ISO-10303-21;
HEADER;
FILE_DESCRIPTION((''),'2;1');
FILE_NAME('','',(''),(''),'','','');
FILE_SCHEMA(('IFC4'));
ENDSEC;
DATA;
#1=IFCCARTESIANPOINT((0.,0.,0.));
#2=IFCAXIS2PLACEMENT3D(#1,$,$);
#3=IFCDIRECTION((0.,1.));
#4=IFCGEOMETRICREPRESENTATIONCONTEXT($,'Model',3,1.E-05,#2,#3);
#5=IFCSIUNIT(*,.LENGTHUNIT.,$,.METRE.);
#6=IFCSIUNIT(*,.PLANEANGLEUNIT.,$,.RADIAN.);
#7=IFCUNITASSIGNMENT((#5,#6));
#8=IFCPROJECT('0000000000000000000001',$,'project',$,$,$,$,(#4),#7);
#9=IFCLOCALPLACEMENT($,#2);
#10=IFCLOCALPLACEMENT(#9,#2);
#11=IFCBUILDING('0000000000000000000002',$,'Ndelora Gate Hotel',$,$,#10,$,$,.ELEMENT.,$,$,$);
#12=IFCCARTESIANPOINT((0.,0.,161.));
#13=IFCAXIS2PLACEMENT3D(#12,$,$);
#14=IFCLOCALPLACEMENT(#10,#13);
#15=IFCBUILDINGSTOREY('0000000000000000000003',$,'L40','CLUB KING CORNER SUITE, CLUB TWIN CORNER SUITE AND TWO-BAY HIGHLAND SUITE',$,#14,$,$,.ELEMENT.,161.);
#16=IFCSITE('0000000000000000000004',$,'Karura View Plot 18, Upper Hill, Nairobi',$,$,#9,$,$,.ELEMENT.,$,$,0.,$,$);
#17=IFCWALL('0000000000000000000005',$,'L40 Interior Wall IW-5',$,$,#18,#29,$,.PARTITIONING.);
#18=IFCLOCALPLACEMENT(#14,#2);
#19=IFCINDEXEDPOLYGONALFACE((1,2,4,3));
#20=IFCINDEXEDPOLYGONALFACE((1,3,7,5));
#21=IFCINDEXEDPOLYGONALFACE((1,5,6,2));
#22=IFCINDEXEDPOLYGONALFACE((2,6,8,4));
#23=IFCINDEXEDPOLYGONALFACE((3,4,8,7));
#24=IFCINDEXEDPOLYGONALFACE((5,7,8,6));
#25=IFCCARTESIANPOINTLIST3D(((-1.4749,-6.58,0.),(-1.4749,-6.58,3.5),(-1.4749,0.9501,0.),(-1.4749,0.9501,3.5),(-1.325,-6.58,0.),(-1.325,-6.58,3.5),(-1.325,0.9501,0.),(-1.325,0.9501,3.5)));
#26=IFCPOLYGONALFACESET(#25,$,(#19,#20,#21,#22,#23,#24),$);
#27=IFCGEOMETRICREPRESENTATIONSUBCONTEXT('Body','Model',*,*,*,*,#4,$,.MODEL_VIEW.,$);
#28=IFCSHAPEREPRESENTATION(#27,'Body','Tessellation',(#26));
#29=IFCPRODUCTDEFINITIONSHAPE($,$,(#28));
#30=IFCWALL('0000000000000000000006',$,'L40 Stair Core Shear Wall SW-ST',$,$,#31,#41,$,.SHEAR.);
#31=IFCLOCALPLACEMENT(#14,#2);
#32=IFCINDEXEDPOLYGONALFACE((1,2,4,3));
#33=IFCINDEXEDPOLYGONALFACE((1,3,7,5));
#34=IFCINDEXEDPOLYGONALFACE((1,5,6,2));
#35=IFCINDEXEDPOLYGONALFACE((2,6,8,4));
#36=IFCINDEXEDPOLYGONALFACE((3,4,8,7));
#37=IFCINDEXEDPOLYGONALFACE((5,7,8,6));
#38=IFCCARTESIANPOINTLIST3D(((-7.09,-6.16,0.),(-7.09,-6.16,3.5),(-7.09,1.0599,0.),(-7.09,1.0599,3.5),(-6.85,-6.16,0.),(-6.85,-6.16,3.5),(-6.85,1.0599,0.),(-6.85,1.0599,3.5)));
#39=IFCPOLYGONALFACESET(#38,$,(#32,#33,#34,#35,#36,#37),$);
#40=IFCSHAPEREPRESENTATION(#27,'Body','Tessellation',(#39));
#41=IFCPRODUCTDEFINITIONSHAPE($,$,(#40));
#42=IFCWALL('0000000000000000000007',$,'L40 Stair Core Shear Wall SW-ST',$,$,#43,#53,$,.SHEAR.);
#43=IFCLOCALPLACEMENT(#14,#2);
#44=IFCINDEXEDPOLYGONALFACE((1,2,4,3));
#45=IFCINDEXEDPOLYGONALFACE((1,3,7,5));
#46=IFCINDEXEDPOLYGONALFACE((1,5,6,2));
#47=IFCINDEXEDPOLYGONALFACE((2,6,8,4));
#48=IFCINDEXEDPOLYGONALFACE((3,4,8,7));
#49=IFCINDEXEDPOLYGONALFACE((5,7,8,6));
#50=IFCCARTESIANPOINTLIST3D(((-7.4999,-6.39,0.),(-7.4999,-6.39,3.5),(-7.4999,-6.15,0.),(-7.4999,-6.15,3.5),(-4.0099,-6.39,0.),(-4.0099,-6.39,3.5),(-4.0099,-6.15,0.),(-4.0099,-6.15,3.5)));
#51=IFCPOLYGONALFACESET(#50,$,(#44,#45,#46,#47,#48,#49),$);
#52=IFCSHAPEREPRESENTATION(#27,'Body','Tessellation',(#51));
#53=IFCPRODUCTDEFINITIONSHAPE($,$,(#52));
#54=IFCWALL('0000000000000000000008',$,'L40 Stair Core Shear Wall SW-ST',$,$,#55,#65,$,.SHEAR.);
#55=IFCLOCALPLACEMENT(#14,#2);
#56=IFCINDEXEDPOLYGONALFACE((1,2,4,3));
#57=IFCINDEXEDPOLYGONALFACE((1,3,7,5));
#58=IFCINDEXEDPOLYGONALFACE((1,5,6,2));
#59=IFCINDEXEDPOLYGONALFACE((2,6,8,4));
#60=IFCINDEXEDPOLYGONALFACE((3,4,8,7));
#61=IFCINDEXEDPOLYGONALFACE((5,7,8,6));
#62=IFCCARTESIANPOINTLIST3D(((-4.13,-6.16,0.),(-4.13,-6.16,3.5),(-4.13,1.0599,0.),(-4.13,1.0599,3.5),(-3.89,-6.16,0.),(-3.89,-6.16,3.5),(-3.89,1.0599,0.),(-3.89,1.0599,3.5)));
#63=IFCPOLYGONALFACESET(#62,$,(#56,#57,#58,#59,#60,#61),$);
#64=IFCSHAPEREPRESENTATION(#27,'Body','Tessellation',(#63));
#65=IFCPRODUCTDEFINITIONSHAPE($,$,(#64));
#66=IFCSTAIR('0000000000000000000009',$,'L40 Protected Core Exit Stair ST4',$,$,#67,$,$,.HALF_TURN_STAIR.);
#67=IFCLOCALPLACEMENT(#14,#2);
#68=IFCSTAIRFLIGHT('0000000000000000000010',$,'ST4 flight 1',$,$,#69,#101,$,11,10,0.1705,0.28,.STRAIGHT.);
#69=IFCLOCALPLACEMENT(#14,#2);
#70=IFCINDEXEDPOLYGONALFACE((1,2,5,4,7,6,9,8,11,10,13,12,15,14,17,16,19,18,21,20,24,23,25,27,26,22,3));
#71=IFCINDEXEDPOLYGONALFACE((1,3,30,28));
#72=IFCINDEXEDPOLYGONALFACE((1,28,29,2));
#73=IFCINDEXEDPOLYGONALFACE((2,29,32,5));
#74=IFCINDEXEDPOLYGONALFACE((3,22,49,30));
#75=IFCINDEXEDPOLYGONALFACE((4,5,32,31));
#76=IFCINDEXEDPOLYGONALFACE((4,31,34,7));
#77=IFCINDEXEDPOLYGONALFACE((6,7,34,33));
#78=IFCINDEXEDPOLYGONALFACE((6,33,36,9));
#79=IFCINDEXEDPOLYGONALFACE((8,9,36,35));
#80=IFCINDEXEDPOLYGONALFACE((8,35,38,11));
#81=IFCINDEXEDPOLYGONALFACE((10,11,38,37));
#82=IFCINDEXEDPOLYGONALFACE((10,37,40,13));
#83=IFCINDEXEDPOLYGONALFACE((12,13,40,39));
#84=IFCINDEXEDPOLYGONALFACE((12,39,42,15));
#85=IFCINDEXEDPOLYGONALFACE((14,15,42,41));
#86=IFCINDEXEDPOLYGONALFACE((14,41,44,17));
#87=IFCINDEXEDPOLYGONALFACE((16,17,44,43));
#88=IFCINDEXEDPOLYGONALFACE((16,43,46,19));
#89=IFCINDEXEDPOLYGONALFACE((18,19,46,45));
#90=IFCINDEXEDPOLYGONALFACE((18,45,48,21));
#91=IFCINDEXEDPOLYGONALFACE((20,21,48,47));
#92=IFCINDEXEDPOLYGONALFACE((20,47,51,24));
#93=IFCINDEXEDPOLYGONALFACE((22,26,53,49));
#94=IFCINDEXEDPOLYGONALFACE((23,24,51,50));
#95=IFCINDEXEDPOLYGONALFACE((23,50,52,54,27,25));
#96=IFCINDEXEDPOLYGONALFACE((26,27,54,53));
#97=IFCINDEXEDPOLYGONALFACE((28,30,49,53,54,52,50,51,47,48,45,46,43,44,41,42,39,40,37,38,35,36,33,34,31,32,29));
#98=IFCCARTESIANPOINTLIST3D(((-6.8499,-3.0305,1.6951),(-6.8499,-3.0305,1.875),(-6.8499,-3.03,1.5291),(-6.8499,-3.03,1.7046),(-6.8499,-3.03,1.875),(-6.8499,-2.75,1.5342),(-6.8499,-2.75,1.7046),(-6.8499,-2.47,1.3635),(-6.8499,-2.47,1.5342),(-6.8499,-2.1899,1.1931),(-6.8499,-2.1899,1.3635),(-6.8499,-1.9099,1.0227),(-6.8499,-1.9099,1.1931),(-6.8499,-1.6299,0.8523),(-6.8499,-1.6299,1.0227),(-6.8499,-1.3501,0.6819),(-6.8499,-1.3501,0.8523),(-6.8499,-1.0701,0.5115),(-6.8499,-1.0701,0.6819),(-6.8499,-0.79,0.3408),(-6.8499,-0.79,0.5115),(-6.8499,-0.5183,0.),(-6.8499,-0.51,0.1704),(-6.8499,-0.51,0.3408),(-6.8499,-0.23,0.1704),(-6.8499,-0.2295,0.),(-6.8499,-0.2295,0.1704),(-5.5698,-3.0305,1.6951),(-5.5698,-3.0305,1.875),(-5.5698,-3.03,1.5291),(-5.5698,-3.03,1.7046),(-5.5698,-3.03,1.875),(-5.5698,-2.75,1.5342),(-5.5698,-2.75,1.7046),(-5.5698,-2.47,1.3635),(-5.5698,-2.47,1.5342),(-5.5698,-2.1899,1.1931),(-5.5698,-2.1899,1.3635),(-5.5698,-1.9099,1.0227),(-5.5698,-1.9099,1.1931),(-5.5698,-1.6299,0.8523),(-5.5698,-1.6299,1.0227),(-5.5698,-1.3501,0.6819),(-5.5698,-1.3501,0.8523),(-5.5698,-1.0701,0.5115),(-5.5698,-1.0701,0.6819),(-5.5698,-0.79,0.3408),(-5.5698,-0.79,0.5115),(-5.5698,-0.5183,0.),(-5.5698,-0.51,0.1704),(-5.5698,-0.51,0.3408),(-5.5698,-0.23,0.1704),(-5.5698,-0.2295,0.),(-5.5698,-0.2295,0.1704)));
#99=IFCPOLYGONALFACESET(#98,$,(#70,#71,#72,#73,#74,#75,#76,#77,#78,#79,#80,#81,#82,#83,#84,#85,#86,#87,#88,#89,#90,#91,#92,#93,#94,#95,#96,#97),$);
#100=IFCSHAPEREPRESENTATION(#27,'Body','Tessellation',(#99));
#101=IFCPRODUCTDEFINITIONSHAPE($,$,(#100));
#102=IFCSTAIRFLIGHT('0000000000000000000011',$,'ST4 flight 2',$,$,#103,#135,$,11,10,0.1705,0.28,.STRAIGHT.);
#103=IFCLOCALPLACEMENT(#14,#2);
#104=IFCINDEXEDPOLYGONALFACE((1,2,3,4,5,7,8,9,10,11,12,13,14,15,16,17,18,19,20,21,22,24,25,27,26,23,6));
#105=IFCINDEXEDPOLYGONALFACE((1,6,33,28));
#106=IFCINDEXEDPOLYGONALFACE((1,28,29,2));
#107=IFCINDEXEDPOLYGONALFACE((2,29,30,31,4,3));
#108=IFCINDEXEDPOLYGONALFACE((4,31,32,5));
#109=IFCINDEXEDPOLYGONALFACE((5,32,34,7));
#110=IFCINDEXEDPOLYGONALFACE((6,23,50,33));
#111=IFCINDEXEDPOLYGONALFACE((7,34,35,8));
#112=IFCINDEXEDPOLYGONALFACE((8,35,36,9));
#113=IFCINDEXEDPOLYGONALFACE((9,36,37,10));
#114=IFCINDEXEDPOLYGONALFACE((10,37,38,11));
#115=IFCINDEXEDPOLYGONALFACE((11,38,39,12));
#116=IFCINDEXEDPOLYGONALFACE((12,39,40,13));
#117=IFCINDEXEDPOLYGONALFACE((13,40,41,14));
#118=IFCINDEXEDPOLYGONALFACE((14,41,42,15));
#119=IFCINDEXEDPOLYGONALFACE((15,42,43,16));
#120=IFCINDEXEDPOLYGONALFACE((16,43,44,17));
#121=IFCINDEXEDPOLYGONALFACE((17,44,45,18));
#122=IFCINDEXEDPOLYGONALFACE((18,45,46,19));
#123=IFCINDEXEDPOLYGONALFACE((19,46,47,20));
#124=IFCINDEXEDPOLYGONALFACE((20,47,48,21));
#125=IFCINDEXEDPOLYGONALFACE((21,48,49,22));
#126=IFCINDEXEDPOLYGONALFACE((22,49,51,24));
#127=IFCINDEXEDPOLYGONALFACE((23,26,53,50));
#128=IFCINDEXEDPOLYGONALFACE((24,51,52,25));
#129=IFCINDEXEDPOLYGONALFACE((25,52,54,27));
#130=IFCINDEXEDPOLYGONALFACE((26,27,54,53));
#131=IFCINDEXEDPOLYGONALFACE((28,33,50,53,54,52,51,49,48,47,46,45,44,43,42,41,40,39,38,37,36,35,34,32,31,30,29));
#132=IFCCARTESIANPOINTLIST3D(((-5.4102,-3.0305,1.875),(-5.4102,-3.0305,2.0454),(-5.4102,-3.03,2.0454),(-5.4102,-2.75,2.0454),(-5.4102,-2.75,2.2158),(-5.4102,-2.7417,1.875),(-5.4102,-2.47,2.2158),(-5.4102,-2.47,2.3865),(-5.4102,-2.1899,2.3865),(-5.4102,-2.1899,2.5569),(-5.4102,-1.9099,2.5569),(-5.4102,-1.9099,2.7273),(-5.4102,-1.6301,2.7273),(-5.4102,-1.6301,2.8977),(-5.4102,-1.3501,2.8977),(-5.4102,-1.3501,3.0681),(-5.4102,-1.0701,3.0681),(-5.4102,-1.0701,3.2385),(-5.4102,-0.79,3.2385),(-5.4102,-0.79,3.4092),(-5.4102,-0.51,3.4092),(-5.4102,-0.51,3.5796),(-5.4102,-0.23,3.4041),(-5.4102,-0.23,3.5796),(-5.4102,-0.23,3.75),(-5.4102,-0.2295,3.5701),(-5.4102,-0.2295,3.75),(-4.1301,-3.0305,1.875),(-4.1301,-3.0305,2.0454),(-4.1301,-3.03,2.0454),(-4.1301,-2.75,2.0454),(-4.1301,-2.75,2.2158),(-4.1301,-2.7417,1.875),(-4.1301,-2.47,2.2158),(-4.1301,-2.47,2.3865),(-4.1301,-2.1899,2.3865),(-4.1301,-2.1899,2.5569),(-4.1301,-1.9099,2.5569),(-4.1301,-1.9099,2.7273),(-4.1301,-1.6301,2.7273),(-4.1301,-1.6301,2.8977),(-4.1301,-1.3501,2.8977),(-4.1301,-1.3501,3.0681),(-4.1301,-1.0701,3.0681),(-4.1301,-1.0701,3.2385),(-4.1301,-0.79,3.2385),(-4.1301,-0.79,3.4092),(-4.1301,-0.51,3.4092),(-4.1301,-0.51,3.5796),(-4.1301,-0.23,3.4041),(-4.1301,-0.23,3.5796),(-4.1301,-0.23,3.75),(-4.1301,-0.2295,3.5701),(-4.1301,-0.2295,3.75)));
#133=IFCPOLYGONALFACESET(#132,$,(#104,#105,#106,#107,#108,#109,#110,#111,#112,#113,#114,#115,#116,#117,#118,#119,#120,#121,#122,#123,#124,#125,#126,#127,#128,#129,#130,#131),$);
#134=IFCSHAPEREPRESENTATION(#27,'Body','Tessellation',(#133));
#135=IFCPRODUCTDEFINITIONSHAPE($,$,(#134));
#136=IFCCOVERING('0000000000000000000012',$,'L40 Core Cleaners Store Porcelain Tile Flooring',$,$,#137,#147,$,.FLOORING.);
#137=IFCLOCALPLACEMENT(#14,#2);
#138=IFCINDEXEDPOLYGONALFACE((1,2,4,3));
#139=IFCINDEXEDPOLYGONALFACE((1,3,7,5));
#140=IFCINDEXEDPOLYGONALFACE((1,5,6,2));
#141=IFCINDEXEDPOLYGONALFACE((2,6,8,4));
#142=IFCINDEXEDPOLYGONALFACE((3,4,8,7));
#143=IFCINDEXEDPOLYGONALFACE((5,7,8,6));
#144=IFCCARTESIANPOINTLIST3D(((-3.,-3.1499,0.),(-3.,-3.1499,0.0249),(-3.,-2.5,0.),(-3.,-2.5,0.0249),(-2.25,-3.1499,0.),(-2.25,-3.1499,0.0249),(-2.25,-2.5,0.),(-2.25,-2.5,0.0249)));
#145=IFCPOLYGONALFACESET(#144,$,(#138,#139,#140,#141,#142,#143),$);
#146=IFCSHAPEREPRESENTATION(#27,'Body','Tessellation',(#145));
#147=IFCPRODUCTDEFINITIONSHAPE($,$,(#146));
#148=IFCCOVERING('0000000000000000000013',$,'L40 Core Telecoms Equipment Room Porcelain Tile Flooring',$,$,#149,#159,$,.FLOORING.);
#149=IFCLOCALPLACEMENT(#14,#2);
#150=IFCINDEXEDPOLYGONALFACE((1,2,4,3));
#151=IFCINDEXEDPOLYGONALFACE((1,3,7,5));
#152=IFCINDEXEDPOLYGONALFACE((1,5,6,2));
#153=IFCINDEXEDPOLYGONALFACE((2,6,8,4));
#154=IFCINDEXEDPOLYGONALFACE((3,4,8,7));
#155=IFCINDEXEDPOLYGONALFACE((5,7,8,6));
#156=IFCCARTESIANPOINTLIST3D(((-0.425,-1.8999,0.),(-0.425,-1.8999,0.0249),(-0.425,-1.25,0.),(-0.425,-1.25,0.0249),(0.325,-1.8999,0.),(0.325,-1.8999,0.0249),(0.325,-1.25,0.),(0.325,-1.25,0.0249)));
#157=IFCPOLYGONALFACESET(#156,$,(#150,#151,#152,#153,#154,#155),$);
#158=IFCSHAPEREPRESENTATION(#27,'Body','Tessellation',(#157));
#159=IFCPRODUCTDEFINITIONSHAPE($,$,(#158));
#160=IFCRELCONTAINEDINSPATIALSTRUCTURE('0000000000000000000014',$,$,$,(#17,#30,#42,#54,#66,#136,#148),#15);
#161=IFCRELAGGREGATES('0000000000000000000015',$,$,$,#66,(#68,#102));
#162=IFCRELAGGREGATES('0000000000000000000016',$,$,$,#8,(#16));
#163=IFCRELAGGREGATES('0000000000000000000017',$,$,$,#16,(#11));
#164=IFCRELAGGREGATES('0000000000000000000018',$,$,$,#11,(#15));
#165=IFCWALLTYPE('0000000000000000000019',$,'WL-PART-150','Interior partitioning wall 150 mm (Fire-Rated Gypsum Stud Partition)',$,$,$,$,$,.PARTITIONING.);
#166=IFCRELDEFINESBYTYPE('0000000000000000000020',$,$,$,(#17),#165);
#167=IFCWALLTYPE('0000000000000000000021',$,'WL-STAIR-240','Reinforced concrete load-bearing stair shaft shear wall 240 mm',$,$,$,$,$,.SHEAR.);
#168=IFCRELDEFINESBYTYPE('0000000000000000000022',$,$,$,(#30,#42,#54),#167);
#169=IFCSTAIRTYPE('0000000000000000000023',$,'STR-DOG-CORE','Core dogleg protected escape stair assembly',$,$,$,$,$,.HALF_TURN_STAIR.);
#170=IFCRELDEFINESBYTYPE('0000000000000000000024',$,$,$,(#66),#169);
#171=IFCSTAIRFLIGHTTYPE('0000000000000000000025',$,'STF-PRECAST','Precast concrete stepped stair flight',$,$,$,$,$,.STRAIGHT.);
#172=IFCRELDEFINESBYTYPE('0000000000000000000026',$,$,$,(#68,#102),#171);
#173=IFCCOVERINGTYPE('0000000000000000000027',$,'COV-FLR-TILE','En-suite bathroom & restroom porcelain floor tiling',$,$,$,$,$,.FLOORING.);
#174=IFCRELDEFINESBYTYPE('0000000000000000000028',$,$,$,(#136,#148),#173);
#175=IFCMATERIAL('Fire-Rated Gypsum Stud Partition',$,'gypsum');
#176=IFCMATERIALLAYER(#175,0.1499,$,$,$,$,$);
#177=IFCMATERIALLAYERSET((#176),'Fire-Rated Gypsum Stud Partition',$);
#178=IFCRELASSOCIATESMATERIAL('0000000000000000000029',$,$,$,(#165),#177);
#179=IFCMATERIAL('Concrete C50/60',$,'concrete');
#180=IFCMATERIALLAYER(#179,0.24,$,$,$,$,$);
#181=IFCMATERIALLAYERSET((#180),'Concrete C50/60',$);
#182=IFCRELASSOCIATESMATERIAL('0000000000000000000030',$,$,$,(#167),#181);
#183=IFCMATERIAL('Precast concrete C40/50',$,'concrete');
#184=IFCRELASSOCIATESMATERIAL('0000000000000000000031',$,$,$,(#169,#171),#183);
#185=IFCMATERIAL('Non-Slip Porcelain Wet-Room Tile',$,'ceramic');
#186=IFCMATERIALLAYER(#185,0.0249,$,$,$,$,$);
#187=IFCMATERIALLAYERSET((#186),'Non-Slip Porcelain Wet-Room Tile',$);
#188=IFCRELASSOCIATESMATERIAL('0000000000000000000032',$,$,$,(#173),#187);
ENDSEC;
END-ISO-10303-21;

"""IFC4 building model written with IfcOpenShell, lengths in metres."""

from ifc_helpers import new_model, si_unit, direction, frame, frame_2d, origin, origin_2d, place, context, subcontext, project, spatial, polyline, rectangle, outline, extrude, material, layer, layer_set, type_object, element, aggregate, save


model = new_model("IFC4")

# Units and contexts
model_context = context("Model", 3, precision=1e-05, world=origin(), true_north=direction((0.0, 1.0)))
body_context = subcontext(model_context, "Body", "Model", "MODEL_VIEW")
ifc_project = project(units=[si_unit("LENGTHUNIT", "METRE"), si_unit("PLANEANGLEUNIT", "RADIAN")], contexts=[model_context])

# Site, building, storey
site_placement = place(None, origin())
site = spatial("IfcSite", under=ifc_project, at=site_placement, Name="Karura View Plot 18, Upper Hill, Nairobi", CompositionType="ELEMENT", RefElevation=0.0)
building_placement = place(site_placement, origin())
building = spatial("IfcBuilding", under=site, at=building_placement, Name="Ndelora Gate Hotel", CompositionType="ELEMENT")
storey_placement = place(building_placement, frame((0.0, 0.0, 161.0)))
storey = spatial("IfcBuildingStorey", under=building, at=storey_placement, Name="L40", Description="CLUB KING CORNER SUITE, CLUB TWIN CORNER SUITE AND TWO-BAY HIGHLAND SUITE", CompositionType="ELEMENT", Elevation=161.0)

# Walls
ifc_material_1 = material(Name="Fire-Rated Gypsum Stud Partition", Category="gypsum")
ifc_layer_1 = layer(ifc_material_1, 0.1499)
ifc_layer_set_1 = layer_set([ifc_layer_1], Name="Fire-Rated Gypsum Stud Partition")
wall_type_1 = type_object("IfcWallType", Name="WL-PART-150", Description="Interior partitioning wall 150 mm (Fire-Rated Gypsum Stud Partition)", PredefinedType="PARTITIONING", material=ifc_layer_set_1)
wall_1_placement = place(storey_placement, frame((-1.3999, -6.5801, 0.0), z_axis=(0.0, 0.0, 1.0), x_axis=(0.0, 1.0, 0.0)))
element("IfcWall", 1, at=wall_1_placement, inside=storey, type_object=wall_type_1, Name="L40 Interior Wall IW-5", PredefinedType="PARTITIONING", context=body_context, shape_type="SweptSolid", body=[
    extrude(rectangle(XDim=7.53, YDim=0.1499, at=frame_2d((3.7651, 0.0))), origin(), (0.0, 0.0, 1.0), 3.5),
])
ifc_material_2 = material(Name="Concrete C50/60", Category="concrete")
ifc_layer_2 = layer(ifc_material_2, 0.24)
ifc_layer_set_2 = layer_set([ifc_layer_2], Name="Concrete C50/60")
wall_type_2 = type_object("IfcWallType", Name="WL-STAIR-240", Description="Reinforced concrete load-bearing stair shaft shear wall 240 mm", PredefinedType="SHEAR", material=ifc_layer_set_2)
wall_2_placement = place(storey_placement, frame((-6.97, -6.1599, 0.0), z_axis=(0.0, 0.0, 1.0), x_axis=(0.0, 1.0, 0.0)))
element("IfcWall", 2, at=wall_2_placement, inside=storey, type_object=wall_type_2, Name="L40 Stair Core Shear Wall SW-ST", PredefinedType="SHEAR", context=body_context, shape_type="SweptSolid", body=[
    extrude(rectangle(XDim=7.22, YDim=0.24, at=frame_2d((3.6099, 0.0))), origin(), (0.0, 0.0, 1.0), 3.5),
])
wall_3_placement = place(storey_placement, frame((-7.5, -6.27, 0.0), z_axis=(0.0, 0.0, 1.0), x_axis=(1.0, 0.0, 0.0)))
element("IfcWall", 3, at=wall_3_placement, inside=storey, type_object=wall_type_2, Name="L40 Stair Core Shear Wall SW-ST", PredefinedType="SHEAR", context=body_context, shape_type="SweptSolid", body=[
    extrude(rectangle(XDim=3.49, YDim=0.24, at=frame_2d((1.7451, 0.0))), origin(), (0.0, 0.0, 1.0), 3.5),
])
wall_4_placement = place(storey_placement, frame((-4.01, -6.1599, 0.0), z_axis=(0.0, 0.0, 1.0), x_axis=(0.0, 1.0, 0.0)))
element("IfcWall", 4, at=wall_4_placement, inside=storey, type_object=wall_type_2, Name="L40 Stair Core Shear Wall SW-ST", PredefinedType="SHEAR", context=body_context, shape_type="SweptSolid", body=[
    extrude(rectangle(XDim=7.22, YDim=0.24, at=frame_2d((3.6099, 0.0))), origin(), (0.0, 0.0, 1.0), 3.5),
])

# Stair, stair flights
ifc_material_3 = material(Name="Precast concrete C40/50", Category="concrete")
stair_type = type_object("IfcStairType", Name="STR-DOG-CORE", Description="Core dogleg protected escape stair assembly", PredefinedType="HALF_TURN_STAIR", material=ifc_material_3)
stair_placement = place(storey_placement, origin())
stair = element("IfcStair", 5, at=stair_placement, inside=storey, type_object=stair_type, Name="L40 Protected Core Exit Stair ST4", PredefinedType="HALF_TURN_STAIR")
stair_flight_type = type_object("IfcStairFlightType", Name="STF-PRECAST", Description="Precast concrete stepped stair flight", PredefinedType="STRAIGHT", material=ifc_material_3)
stair_flight_1_placement = place(storey_placement, frame((-6.21, -0.23, 0.0), z_axis=(0.0, 0.0, 1.0), x_axis=(0.0, -1.0, 0.0)))
stair_flight_1 = element("IfcStairFlight", 6, at=stair_flight_1_placement, type_object=stair_flight_type, Name="ST4 flight 1", NumberOfRisers=11, NumberOfTreads=10, PredefinedType="STRAIGHT", RiserHeight=0.1705, TreadLength=0.28, context=body_context, shape_type="SweptSolid", body=[
    extrude(outline(polyline([(-0.0005, 0.0), (-0.0005, 0.1704), (0.0, 0.1704), (0.28, 0.1704), (0.28, 0.3408), (0.5601, 0.3408), (0.5601, 0.5115), (0.8401, 0.5115), (0.8401, 0.6819), (1.1201, 0.6819), (1.1201, 0.8523), (1.3999, 0.8523), (1.3999, 1.0227), (1.6799, 1.0227), (1.6799, 1.1931), (1.96, 1.1931), (1.96, 1.3635), (2.24, 1.3635), (2.24, 1.5342), (2.52, 1.5342), (2.52, 1.7046), (2.8, 1.7046), (2.8, 1.875), (2.8005, 1.875), (2.8005, 1.6951), (2.8, 1.5291), (0.2883, 0.0), (-0.0005, 0.0)])), frame((0.0, 0.6401, 0.0), z_axis=(0.0, -1.0, 0.0), x_axis=(1.0, 0.0, 0.0)), (0.0, 0.0, 1.0), 1.28),
])
stair_flight_2_placement = place(storey_placement, frame((-4.77, -3.03, 1.875), z_axis=(0.0, 0.0, 1.0), x_axis=(0.0, 1.0, 0.0)))
stair_flight_2 = element("IfcStairFlight", 7, at=stair_flight_2_placement, type_object=stair_flight_type, Name="ST4 flight 2", NumberOfRisers=11, NumberOfTreads=10, PredefinedType="STRAIGHT", RiserHeight=0.1705, TreadLength=0.28, context=body_context, shape_type="SweptSolid", body=[
    extrude(outline(polyline([(-0.0005, 0.0), (-0.0005, 0.1704), (0.0, 0.1704), (0.28, 0.1704), (0.28, 0.3408), (0.5601, 0.3408), (0.5601, 0.5115), (0.8401, 0.5115), (0.8401, 0.6819), (1.1201, 0.6819), (1.1201, 0.8523), (1.3999, 0.8523), (1.3999, 1.0227), (1.6799, 1.0227), (1.6799, 1.1931), (1.96, 1.1931), (1.96, 1.3635), (2.24, 1.3635), (2.24, 1.5342), (2.52, 1.5342), (2.52, 1.7046), (2.8, 1.7046), (2.8, 1.875), (2.8005, 1.875), (2.8005, 1.6951), (2.8, 1.5291), (0.2883, 0.0), (-0.0005, 0.0)])), frame((0.0, 0.6401, 0.0), z_axis=(0.0, -1.0, 0.0), x_axis=(1.0, 0.0, 0.0)), (0.0, 0.0, 1.0), 1.28),
])
aggregate(stair, [stair_flight_1, stair_flight_2])

# Coverings
ifc_material_4 = material(Name="Non-Slip Porcelain Wet-Room Tile", Category="ceramic")
ifc_layer_3 = layer(ifc_material_4, 0.0249)
ifc_layer_set_3 = layer_set([ifc_layer_3], Name="Non-Slip Porcelain Wet-Room Tile")
covering_type = type_object("IfcCoveringType", Name="COV-FLR-TILE", Description="En-suite bathroom & restroom porcelain floor tiling", PredefinedType="FLOORING", material=ifc_layer_set_3)
for number, where, z_axis, x_axis, name in (
    (8, (-2.625, -2.825, 0.0), (0.0, 0.0, 1.0), (1.0, 0.0, 0.0), "L40 Core Cleaners Store Porcelain Tile Flooring"),
    (9, (-0.05, -1.575, 0.0), (0.0, 0.0, 1.0), (1.0, 0.0, 0.0), "L40 Core Telecoms Equipment Room Porcelain Tile Flooring"),
):
    element("IfcCovering", number, at=place(storey_placement, frame(where, z_axis=z_axis, x_axis=x_axis)), inside=storey, type_object=covering_type, Name=name, PredefinedType="FLOORING", context=body_context, shape_type="SweptSolid", body=[
        extrude(rectangle(XDim=0.75, YDim=0.6499, at=origin_2d()), origin(), (0.0, 0.0, 1.0), 0.0249),
    ])

save(model, "model.ifc")
